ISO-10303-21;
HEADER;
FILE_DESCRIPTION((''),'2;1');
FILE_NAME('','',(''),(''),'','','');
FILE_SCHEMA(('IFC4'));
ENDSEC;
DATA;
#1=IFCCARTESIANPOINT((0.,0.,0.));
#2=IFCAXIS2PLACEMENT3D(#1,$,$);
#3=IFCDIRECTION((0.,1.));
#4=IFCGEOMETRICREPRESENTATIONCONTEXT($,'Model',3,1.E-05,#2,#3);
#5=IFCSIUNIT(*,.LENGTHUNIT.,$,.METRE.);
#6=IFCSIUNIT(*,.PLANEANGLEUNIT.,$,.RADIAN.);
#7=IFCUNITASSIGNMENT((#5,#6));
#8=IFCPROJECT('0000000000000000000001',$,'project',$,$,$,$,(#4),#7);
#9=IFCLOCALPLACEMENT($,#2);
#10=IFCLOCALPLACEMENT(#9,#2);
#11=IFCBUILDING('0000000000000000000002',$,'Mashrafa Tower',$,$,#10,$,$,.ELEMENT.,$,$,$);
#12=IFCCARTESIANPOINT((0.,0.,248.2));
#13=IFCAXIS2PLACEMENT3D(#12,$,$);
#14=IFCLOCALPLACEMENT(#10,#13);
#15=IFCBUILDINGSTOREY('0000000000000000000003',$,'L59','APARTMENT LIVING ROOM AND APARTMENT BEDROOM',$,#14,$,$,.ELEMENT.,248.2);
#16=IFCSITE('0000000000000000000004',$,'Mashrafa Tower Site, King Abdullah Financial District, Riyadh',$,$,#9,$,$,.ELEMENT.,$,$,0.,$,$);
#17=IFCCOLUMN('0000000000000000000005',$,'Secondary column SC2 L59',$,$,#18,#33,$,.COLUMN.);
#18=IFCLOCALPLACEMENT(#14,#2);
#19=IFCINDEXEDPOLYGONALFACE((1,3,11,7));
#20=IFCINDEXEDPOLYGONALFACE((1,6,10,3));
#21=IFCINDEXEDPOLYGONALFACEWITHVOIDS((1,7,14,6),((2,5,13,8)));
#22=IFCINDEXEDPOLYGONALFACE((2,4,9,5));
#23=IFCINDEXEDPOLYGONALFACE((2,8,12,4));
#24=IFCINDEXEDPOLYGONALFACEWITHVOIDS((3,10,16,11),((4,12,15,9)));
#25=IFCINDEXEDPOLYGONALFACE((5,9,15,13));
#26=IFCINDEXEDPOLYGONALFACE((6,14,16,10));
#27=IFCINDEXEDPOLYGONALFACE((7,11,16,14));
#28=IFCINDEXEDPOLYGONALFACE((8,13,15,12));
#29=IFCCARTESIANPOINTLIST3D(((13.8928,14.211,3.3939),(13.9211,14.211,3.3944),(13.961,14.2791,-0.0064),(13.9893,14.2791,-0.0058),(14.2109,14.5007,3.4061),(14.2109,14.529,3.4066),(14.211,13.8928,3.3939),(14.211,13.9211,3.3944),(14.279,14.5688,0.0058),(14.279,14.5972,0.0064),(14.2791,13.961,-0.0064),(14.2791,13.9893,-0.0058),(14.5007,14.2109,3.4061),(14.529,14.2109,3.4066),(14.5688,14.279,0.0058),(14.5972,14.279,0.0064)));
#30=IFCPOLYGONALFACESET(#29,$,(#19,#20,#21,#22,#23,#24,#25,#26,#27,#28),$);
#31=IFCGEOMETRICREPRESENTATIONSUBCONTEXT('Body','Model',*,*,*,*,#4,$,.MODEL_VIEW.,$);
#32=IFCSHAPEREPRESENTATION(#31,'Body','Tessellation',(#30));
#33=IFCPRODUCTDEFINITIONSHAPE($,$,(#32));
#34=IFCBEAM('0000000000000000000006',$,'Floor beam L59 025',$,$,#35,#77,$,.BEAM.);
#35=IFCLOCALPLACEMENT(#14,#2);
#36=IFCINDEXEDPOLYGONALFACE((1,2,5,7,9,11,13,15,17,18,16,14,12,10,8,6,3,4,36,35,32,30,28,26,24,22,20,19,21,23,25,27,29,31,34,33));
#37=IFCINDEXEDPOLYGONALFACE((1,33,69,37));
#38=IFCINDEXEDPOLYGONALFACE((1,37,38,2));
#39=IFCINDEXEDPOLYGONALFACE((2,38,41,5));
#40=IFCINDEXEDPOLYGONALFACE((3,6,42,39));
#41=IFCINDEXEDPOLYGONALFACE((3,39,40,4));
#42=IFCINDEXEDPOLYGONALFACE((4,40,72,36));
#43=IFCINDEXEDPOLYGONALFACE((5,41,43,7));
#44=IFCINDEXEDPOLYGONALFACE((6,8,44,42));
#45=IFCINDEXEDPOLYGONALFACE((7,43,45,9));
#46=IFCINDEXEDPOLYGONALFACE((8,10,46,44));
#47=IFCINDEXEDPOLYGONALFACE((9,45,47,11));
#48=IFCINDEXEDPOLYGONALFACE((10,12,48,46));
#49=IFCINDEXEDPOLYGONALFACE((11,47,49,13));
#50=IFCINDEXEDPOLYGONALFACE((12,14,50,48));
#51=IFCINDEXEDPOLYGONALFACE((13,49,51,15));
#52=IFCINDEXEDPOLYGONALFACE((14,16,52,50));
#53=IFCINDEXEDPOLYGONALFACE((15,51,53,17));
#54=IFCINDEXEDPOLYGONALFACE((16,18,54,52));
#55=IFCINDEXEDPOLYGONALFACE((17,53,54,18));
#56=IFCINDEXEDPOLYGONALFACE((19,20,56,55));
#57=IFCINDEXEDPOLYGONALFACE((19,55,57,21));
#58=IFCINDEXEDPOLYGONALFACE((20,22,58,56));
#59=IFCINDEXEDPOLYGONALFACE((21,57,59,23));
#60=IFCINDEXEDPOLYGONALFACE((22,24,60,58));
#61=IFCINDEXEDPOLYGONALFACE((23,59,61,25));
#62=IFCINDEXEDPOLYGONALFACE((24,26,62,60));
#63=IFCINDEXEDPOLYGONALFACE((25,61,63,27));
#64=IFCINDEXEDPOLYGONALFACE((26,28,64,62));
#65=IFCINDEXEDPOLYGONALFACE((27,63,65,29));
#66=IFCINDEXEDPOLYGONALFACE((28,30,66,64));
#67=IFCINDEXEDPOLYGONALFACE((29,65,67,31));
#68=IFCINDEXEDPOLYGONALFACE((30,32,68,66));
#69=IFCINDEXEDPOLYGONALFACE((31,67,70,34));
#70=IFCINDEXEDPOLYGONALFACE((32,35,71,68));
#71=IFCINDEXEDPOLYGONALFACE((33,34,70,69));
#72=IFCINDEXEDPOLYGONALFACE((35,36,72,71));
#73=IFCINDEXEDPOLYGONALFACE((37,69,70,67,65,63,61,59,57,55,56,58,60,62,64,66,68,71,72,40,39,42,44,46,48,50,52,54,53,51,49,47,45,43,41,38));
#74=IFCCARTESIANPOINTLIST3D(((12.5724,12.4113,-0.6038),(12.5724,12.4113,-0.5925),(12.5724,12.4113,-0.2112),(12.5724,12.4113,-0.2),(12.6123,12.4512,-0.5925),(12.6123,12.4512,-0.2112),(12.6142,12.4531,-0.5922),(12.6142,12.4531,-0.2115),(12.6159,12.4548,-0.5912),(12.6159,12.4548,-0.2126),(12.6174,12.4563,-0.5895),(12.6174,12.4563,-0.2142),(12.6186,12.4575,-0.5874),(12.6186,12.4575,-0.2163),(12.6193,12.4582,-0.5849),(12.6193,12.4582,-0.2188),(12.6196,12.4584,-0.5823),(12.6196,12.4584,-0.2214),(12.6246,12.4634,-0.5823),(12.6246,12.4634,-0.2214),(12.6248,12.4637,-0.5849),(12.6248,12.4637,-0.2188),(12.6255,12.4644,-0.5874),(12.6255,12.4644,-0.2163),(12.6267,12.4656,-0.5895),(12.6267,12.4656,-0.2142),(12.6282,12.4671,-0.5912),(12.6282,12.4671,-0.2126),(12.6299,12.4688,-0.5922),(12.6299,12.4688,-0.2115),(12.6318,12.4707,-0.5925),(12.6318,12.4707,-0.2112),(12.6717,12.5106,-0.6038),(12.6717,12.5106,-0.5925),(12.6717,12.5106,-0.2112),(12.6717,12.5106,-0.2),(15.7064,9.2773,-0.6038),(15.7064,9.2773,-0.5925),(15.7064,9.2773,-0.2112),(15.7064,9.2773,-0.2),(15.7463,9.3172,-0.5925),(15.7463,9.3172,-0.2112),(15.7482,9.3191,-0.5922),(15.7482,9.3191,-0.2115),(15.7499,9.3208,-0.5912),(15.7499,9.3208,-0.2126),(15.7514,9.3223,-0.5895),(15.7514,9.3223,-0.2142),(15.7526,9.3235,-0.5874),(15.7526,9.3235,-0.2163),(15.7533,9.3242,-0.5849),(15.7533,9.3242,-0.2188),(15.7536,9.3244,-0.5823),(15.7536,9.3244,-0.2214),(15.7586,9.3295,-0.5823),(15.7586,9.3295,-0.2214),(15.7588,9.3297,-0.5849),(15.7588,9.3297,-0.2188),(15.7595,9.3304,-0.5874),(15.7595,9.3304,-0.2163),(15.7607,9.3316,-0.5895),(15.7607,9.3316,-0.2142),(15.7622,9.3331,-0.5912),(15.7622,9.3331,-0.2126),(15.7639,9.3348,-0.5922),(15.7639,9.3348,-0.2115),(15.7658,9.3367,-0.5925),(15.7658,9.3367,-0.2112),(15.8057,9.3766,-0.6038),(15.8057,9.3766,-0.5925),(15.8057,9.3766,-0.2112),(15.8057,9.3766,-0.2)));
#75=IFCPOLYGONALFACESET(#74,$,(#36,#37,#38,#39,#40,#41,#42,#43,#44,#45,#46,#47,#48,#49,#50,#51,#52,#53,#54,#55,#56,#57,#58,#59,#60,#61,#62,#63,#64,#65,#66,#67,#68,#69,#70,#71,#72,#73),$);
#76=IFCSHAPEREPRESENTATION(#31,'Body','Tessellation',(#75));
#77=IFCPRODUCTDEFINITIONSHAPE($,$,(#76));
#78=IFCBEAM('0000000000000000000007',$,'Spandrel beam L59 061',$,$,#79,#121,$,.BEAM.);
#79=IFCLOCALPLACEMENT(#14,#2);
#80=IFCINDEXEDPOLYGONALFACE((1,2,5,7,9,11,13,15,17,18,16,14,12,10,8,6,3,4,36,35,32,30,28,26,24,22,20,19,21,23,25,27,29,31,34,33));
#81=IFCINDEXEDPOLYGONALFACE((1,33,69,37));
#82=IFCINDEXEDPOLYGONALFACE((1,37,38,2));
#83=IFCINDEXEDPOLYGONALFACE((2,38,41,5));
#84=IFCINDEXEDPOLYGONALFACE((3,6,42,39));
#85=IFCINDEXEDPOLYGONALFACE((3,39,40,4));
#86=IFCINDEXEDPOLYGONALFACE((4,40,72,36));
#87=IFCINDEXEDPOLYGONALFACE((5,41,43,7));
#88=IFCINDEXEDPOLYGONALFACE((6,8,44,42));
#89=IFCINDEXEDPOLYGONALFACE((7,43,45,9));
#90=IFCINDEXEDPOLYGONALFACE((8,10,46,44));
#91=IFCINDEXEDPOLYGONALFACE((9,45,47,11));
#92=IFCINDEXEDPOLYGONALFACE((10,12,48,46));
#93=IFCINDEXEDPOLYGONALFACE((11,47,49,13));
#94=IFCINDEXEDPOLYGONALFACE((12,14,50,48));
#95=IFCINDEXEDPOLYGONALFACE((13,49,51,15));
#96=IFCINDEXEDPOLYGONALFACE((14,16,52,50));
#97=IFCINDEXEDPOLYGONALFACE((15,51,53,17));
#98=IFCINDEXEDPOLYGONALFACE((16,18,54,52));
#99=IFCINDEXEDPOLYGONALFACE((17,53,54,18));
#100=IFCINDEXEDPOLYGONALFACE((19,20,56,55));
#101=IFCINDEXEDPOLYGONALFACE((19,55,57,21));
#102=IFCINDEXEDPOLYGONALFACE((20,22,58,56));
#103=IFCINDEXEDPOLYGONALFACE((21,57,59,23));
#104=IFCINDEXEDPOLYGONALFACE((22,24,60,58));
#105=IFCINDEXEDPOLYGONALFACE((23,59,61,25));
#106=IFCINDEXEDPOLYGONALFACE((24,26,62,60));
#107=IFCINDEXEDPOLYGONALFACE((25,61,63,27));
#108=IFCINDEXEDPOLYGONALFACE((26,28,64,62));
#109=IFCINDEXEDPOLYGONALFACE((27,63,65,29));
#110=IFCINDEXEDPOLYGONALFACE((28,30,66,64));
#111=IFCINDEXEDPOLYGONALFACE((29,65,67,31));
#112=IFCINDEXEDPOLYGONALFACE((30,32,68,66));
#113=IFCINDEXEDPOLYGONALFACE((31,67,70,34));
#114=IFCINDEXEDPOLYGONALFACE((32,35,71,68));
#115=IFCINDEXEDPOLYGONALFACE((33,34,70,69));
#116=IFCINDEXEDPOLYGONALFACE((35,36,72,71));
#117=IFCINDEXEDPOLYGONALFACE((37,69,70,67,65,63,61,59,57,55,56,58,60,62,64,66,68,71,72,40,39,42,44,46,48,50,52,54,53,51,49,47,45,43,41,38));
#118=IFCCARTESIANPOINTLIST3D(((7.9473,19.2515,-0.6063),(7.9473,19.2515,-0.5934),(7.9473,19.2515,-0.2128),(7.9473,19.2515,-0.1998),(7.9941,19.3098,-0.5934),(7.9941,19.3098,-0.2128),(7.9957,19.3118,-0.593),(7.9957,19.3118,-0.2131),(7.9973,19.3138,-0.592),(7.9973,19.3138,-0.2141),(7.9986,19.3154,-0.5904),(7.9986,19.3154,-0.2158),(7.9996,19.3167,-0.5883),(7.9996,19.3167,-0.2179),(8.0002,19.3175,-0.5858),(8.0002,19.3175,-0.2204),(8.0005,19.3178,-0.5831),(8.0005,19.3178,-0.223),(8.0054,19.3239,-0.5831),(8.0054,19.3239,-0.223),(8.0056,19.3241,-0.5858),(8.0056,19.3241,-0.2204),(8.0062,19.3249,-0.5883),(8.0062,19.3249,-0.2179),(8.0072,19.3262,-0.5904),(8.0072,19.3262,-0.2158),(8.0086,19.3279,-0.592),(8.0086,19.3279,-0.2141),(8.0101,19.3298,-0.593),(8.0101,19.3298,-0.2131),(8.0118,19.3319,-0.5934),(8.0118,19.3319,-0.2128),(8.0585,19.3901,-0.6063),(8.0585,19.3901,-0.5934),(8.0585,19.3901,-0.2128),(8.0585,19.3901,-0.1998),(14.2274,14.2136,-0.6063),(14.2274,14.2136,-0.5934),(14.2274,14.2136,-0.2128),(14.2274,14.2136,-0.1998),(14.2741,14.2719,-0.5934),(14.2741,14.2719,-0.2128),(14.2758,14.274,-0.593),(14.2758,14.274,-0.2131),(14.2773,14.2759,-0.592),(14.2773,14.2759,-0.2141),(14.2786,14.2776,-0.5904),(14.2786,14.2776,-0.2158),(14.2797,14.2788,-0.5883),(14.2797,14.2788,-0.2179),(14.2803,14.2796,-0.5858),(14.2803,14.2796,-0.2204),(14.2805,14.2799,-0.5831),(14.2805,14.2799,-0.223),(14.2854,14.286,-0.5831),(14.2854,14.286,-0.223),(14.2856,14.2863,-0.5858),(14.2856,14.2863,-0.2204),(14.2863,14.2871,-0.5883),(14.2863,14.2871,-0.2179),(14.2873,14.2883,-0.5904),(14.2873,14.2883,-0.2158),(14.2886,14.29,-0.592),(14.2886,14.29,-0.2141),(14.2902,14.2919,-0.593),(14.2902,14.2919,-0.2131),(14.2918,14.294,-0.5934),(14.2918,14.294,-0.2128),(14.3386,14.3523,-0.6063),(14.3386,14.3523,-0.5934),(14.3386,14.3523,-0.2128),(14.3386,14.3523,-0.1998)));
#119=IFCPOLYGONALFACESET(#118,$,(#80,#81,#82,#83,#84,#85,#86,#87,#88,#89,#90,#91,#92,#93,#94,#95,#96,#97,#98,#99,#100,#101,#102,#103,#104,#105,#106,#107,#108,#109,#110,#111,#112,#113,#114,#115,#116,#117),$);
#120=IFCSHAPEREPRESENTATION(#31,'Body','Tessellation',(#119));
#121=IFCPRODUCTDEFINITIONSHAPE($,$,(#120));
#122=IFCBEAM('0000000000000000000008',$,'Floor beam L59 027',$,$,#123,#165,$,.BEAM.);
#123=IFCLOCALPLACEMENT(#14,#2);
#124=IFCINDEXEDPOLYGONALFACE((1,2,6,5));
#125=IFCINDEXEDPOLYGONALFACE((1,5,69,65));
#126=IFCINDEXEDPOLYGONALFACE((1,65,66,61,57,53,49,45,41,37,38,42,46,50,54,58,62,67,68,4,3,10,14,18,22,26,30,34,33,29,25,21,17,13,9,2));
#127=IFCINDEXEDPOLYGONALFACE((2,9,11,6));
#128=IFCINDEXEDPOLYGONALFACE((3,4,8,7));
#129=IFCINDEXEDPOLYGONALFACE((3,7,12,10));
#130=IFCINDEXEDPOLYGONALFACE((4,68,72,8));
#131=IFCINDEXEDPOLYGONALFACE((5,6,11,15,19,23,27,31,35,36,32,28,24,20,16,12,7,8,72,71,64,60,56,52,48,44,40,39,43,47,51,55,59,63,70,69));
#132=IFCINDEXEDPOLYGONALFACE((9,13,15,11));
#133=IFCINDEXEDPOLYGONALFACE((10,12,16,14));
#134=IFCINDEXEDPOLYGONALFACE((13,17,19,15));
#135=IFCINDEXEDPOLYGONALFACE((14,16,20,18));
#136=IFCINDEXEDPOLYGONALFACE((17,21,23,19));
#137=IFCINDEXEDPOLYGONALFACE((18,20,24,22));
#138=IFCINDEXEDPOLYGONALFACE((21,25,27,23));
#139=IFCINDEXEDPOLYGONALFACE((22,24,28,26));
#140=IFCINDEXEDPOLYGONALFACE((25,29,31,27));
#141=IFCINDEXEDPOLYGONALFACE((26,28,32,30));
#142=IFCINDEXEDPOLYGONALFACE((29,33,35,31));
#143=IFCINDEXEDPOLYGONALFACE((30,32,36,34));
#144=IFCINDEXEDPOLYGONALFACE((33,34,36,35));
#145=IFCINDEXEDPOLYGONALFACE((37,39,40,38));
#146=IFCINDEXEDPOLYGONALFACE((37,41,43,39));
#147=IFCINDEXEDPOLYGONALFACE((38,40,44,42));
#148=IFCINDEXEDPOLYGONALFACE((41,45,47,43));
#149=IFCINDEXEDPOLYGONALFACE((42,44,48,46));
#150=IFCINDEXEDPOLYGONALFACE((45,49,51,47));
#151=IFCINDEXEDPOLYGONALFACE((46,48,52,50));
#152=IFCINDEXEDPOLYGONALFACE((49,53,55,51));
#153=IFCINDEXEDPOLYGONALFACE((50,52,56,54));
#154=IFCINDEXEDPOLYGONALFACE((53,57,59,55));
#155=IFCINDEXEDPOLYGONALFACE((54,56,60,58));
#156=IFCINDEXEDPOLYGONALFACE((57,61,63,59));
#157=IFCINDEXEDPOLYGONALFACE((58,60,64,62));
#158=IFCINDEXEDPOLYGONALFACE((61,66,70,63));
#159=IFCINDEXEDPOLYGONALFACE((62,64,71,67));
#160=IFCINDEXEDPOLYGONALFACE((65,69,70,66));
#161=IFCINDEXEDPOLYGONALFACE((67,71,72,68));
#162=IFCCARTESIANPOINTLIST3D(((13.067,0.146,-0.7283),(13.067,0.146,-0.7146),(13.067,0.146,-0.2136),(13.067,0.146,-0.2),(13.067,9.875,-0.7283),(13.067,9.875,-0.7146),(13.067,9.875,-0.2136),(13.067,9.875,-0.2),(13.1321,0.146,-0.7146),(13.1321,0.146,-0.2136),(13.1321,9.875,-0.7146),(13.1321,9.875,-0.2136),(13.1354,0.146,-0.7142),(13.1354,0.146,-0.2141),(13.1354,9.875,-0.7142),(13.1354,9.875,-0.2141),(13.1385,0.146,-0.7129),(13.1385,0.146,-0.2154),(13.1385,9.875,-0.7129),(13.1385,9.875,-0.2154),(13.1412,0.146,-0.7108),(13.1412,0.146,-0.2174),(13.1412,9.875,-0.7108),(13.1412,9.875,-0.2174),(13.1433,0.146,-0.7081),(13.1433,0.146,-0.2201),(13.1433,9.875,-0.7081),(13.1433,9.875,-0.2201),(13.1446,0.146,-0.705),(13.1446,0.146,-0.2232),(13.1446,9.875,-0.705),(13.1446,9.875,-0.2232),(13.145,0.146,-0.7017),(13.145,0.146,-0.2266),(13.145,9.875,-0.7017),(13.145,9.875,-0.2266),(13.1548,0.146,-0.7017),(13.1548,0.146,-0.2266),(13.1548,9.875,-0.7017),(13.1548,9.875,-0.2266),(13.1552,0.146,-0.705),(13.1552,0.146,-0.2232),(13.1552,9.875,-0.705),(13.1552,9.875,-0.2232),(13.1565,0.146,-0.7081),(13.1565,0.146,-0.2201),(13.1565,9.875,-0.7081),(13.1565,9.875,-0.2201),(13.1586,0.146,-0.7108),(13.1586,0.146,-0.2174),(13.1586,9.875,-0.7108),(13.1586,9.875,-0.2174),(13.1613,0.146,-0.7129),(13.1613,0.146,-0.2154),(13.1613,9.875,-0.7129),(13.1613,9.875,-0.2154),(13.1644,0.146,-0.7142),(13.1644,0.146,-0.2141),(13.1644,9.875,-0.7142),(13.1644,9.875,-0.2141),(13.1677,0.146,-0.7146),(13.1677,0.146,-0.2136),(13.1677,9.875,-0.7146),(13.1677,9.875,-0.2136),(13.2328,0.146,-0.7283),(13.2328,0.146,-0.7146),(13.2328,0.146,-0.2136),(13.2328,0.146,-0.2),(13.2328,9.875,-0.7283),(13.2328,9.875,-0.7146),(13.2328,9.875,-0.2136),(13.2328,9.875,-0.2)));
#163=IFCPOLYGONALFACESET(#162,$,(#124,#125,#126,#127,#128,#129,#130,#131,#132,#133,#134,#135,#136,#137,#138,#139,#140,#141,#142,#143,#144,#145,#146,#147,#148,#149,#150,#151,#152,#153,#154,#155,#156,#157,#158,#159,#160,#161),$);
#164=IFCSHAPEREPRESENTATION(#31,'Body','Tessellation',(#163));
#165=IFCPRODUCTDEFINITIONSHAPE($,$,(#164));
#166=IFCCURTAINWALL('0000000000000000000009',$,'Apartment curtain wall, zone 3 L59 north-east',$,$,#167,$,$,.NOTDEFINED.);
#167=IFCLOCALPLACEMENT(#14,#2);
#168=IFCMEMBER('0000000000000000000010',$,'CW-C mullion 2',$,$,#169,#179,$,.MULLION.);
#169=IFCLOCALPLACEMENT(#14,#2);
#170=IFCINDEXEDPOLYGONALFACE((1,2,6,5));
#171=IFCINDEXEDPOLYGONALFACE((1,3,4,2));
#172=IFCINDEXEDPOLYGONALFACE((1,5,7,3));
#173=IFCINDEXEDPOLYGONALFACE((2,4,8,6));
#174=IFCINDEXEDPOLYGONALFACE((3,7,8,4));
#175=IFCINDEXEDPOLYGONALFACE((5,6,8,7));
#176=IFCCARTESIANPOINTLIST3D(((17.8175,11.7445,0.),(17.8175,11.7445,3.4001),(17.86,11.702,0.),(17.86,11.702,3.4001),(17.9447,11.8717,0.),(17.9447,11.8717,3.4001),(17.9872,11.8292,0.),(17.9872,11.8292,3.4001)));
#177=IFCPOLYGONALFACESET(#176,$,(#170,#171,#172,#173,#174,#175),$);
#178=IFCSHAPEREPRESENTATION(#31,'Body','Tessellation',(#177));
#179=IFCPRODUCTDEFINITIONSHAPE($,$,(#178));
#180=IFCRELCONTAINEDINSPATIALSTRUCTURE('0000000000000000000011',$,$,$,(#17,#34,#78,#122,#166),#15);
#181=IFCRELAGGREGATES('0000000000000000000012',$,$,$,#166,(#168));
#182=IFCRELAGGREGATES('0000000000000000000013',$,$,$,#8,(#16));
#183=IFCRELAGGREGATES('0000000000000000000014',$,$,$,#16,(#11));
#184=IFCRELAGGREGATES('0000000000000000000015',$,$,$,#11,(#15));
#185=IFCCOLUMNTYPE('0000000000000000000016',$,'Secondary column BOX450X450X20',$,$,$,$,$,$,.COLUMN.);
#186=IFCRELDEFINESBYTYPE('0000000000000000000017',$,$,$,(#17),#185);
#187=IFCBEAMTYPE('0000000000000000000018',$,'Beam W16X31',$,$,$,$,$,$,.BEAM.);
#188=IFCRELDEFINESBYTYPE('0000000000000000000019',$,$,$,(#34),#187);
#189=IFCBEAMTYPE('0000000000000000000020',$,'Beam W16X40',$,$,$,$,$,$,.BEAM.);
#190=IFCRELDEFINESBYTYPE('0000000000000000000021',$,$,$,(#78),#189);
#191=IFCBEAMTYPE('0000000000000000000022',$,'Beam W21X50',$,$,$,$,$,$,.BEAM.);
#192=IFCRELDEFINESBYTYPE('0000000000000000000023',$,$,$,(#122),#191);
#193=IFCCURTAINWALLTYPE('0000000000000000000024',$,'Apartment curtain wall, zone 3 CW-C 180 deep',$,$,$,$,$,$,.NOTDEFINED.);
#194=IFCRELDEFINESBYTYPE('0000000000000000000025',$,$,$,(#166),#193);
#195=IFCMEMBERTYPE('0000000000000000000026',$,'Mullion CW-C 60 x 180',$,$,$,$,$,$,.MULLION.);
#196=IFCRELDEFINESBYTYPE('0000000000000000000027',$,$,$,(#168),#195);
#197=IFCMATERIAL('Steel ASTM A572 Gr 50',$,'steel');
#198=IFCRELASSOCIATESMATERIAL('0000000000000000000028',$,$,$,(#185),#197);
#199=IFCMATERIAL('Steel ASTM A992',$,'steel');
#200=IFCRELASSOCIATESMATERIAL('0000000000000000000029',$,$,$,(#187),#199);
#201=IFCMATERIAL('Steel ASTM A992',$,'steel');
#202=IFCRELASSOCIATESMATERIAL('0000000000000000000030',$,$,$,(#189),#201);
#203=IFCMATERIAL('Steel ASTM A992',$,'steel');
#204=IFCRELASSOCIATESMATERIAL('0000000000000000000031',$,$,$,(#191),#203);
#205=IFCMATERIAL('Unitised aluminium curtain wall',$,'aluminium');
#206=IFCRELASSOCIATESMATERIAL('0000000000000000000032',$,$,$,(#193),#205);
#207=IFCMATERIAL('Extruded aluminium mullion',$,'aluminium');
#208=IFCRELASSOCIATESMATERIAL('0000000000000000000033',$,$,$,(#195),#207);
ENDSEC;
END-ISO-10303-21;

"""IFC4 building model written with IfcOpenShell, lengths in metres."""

from ifc_helpers import new_model, si_unit, direction, frame, origin, origin_2d, place, context, subcontext, project, spatial, rectangle, hollow_rectangle, i_section, extrude, source, transform, mapped, material, material_profile, profile_set, type_object, type_shapes, element, aggregate, save


model = new_model("IFC4")

# Units and contexts
model_context = context("Model", 3, precision=1e-05, world=origin(), true_north=direction((0.0, 1.0)))
body_context = subcontext(model_context, "Body", "Model", "MODEL_VIEW")
ifc_project = project(units=[si_unit("LENGTHUNIT", "METRE"), si_unit("PLANEANGLEUNIT", "RADIAN")], contexts=[model_context])

# Site, building, storey
site_placement = place(None, origin())
site = spatial("IfcSite", under=ifc_project, at=site_placement, Name="Mashrafa Tower Site, King Abdullah Financial District, Riyadh", CompositionType="ELEMENT", RefElevation=0.0)
building_placement = place(site_placement, origin())
building = spatial("IfcBuilding", under=site, at=building_placement, Name="Mashrafa Tower", CompositionType="ELEMENT")
storey_placement = place(building_placement, frame((0.0, 0.0, 248.2)))
storey = spatial("IfcBuildingStorey", under=building, at=storey_placement, Name="L59", Description="APARTMENT LIVING ROOM AND APARTMENT BEDROOM", CompositionType="ELEMENT", Elevation=248.2)

# Column
ifc_material_1 = material(Name="Steel ASTM A572 Gr 50", Category="steel")
ifc_material_profile_1 = material_profile(ifc_material_1, hollow_rectangle(XDim=0.45, YDim=0.45, WallThickness=0.02, at=origin_2d()), Name="BOX450X450X20")
ifc_profile_set_1 = profile_set([ifc_material_profile_1], Name="Steel ASTM A572 Gr 50")
column_type = type_object("IfcColumnType", Name="Secondary column BOX450X450X20", PredefinedType="COLUMN", material=ifc_profile_set_1)
column_placement = place(storey_placement, frame((14.2791, 14.2791, 0.0), z_axis=(-0.020025, -0.020025, 0.999599), x_axis=(0.707107, -0.707107, 0.0)))
element("IfcColumn", 1, at=column_placement, inside=storey, type_object=column_type, Name="Secondary column SC2 L59", PredefinedType="COLUMN", context=body_context, shape_type="SweptSolid", body=[
    extrude(hollow_rectangle(XDim=0.45, YDim=0.45, WallThickness=0.02, at=origin_2d()), origin(), (0.0, 0.0, 1.0), 3.4016),
])

# Beams
ifc_material_2 = material(Name="Steel ASTM A992", Category="steel")
ifc_material_profile_2 = material_profile(ifc_material_2, i_section(OverallWidth=0.1404, OverallDepth=0.4038, WebThickness=0.0071, FlangeThickness=0.0112, FilletRadius=0.0103, at=origin_2d()), Name="W16X31")
ifc_profile_set_2 = profile_set([ifc_material_profile_2], Name="Steel ASTM A992")
beam_type_1 = type_object("IfcBeamType", Name="Beam W16X31", PredefinedType="BEAM", material=ifc_profile_set_2)
beam_1_placement = place(storey_placement, frame((12.6221, 12.4609, -0.4019), z_axis=(0.707107, -0.707107, 0.0), x_axis=(0.707107, 0.707107, 0.0)))
element("IfcBeam", 2, at=beam_1_placement, inside=storey, type_object=beam_type_1, Name="Floor beam L59 025", PredefinedType="BEAM", context=body_context, shape_type="SweptSolid", body=[
    extrude(i_section(OverallWidth=0.1404, OverallDepth=0.4038, WebThickness=0.0071, FlangeThickness=0.0112, FilletRadius=0.0103, at=origin_2d()), origin(), (0.0, 0.0, 1.0), 4.4321),
])
ifc_material_3 = material(Name="Steel ASTM A992", Category="steel")
ifc_material_profile_3 = material_profile(ifc_material_3, i_section(OverallWidth=0.1777, OverallDepth=0.4065, WebThickness=0.0078, FlangeThickness=0.0129, FilletRadius=0.0103, at=origin_2d()), Name="W16X40")
ifc_profile_set_3 = profile_set([ifc_material_profile_3], Name="Steel ASTM A992")
beam_type_2 = type_object("IfcBeamType", Name="Beam W16X40", PredefinedType="BEAM", material=ifc_profile_set_3)
beam_2_placement = place(storey_placement, frame((14.283, 14.283, -0.4031), z_axis=(-0.780031, 0.625741, 0.0), x_axis=(-0.625741, -0.780031, 0.0)))
element("IfcBeam", 3, at=beam_2_placement, inside=storey, type_object=beam_type_2, Name="Spandrel beam L59 061", PredefinedType="BEAM", context=body_context, shape_type="SweptSolid", body=[
    extrude(i_section(OverallWidth=0.1777, OverallDepth=0.4065, WebThickness=0.0078, FlangeThickness=0.0129, FilletRadius=0.0103, at=origin_2d()), origin(), (0.0, 0.0, 1.0), 8.051),
])
ifc_material_4 = material(Name="Steel ASTM A992", Category="steel")
ifc_material_profile_4 = material_profile(ifc_material_4, i_section(OverallWidth=0.1658, OverallDepth=0.5283, WebThickness=0.0098, FlangeThickness=0.0137, FilletRadius=0.0129, at=origin_2d()), Name="W21X50")
ifc_profile_set_4 = profile_set([ifc_material_profile_4], Name="Steel ASTM A992")
beam_type_3 = type_object("IfcBeamType", Name="Beam W21X50", PredefinedType="BEAM", material=ifc_profile_set_4)
beam_3_placement = place(storey_placement, frame((13.1499, 9.875, -0.4641), z_axis=(0.0, -1.0, 0.0), x_axis=(1.0, 0.0, 0.0)))
element("IfcBeam", 4, at=beam_3_placement, inside=storey, type_object=beam_type_3, Name="Floor beam L59 027", PredefinedType="BEAM", context=body_context, shape_type="SweptSolid", body=[
    extrude(i_section(OverallWidth=0.1658, OverallDepth=0.5283, WebThickness=0.0098, FlangeThickness=0.0137, FilletRadius=0.0129, at=origin_2d()), origin(), (0.0, 0.0, 1.0), 9.729),
])

# Curtain wall, member
ifc_material_5 = material(Name="Unitised aluminium curtain wall", Category="aluminium")
curtain_wall_type = type_object("IfcCurtainWallType", Name="Apartment curtain wall, zone 3 CW-C 180 deep", PredefinedType="NOTDEFINED", material=ifc_material_5)
curtain_wall_placement = place(storey_placement, origin())
curtain_wall = element("IfcCurtainWall", 5, at=curtain_wall_placement, inside=storey, type_object=curtain_wall_type, Name="Apartment curtain wall, zone 3 L59 north-east", PredefinedType="NOTDEFINED")
ifc_material_6 = material(Name="Extruded aluminium mullion", Category="aluminium")
ifc_material_profile_5 = material_profile(ifc_material_6, rectangle(XDim=0.1799, YDim=0.0601, at=origin_2d()), Name="Mullion 60x180")
ifc_profile_set_5 = profile_set([ifc_material_profile_5], Name="Extruded aluminium mullion")
member_type_1 = type_object("IfcMemberType", Name="Mullion CW-C 60 x 180", PredefinedType="MULLION", material=ifc_profile_set_5)
shared_shape_1 = source(origin(), body_context, "Body", "SweptSolid", [
    extrude(rectangle(XDim=0.1799, YDim=0.0601, at=origin_2d()), origin(), (0.0, 0.0, 1.0), 3.4001),
])
type_shapes(member_type_1, [shared_shape_1])
member_1_placement = place(storey_placement, frame((17.9023, 11.7869, 0.0), z_axis=(0.0, 0.0, 1.0), x_axis=(-0.707107, -0.707107, 0.0)))
member_1 = element("IfcMember", 6, at=member_1_placement, type_object=member_type_1, Name="CW-C mullion 2", PredefinedType="MULLION", context=body_context, shape_type="MappedRepresentation", body=[
    mapped(shared_shape_1, transform((0.0, 0.0, 0.0))),
])
aggregate(curtain_wall, [member_1])

save(model, "model.ifc")
